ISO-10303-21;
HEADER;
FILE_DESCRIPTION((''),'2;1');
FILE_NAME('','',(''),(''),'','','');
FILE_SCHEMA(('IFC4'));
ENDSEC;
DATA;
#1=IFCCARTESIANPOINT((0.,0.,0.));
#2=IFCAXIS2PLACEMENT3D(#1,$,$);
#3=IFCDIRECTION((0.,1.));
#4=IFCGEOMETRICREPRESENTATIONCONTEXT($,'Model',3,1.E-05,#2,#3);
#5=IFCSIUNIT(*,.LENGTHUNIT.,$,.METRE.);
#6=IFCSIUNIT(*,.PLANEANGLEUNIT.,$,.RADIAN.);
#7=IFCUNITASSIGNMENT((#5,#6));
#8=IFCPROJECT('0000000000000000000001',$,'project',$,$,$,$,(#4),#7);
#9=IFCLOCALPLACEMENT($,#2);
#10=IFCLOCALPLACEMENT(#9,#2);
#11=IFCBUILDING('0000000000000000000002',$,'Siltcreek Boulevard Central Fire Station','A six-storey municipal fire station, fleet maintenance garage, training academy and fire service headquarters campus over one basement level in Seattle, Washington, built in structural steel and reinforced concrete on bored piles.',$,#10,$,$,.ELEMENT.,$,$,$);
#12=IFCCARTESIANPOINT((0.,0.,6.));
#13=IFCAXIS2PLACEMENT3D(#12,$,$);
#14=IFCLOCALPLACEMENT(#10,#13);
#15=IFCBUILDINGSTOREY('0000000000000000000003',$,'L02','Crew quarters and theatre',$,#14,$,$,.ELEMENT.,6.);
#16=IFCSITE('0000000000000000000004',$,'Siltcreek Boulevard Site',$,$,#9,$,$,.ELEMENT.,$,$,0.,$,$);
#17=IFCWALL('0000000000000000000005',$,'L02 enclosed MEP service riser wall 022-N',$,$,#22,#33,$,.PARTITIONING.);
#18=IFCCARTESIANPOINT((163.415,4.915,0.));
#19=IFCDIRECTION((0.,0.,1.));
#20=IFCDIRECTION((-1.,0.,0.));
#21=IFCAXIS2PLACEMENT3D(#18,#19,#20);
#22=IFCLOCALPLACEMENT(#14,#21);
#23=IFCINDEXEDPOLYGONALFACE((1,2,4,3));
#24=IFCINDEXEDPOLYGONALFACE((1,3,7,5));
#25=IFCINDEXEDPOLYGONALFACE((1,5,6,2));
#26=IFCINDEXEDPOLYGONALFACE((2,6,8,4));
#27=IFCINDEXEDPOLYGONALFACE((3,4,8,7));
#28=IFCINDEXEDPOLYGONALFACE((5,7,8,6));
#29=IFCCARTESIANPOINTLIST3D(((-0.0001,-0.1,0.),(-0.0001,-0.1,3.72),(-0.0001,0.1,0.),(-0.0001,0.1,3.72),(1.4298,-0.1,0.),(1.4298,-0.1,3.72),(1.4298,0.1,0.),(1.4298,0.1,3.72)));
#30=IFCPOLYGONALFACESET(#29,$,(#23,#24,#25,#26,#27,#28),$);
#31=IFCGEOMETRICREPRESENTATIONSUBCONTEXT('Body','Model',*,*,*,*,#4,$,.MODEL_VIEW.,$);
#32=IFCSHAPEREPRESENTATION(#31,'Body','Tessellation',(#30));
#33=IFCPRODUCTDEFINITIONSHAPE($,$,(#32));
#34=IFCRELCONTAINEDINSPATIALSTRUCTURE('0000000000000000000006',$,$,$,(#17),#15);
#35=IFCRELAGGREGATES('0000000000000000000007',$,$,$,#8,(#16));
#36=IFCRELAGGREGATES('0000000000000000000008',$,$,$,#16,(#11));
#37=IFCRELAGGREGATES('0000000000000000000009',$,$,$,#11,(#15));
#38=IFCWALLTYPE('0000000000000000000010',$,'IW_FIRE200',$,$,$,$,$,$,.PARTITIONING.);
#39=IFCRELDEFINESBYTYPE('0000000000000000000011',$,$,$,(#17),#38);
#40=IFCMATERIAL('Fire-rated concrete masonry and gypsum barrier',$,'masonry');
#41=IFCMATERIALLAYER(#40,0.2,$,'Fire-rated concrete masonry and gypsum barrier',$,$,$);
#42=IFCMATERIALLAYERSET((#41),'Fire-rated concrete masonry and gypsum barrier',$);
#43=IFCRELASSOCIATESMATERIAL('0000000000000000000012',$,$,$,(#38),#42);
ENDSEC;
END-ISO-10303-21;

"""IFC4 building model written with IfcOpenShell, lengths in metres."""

from ifc_helpers import new_model, si_unit, direction, frame, frame_2d, origin, place, context, subcontext, project, spatial, rectangle, extrude, material, layer, layer_set, type_object, element, save


model = new_model("IFC4")

# Units and contexts
model_context = context("Model", 3, precision=1e-05, world=origin(), true_north=direction((0.0, 1.0)))
body_context = subcontext(model_context, "Body", "Model", "MODEL_VIEW")
ifc_project = project(units=[si_unit("LENGTHUNIT", "METRE"), si_unit("PLANEANGLEUNIT", "RADIAN")], contexts=[model_context])

# Site, building, storey
site_placement = place(None, origin())
site = spatial("IfcSite", under=ifc_project, at=site_placement, Name="Siltcreek Boulevard Site", CompositionType="ELEMENT", RefElevation=0.0)
building_placement = place(site_placement, origin())
building = spatial("IfcBuilding", under=site, at=building_placement, Name="Siltcreek Boulevard Central Fire Station", Description="A six-storey municipal fire station, fleet maintenance garage, training academy and fire service headquarters campus over one basement level in Seattle, Washington, built in structural steel and reinforced concrete on bored piles.", CompositionType="ELEMENT")
storey_placement = place(building_placement, frame((0.0, 0.0, 6.0)))
storey = spatial("IfcBuildingStorey", under=building, at=storey_placement, Name="L02", Description="Crew quarters and theatre", CompositionType="ELEMENT", Elevation=6.0)

# Wall
ifc_material_1 = material(Name="Fire-rated concrete masonry and gypsum barrier", Category="masonry")
ifc_layer_1 = layer(ifc_material_1, 0.2, Name="Fire-rated concrete masonry and gypsum barrier")
ifc_layer_set_1 = layer_set([ifc_layer_1], Name="Fire-rated concrete masonry and gypsum barrier")
wall_type_1 = type_object("IfcWallType", Name="IW_FIRE200", PredefinedType="PARTITIONING", material=ifc_layer_set_1)
wall_1_placement = place(storey_placement, frame((163.415, 4.915, 0.0), z_axis=(0.0, 0.0, 1.0), x_axis=(-1.0, 0.0, 0.0)))
element("IfcWall", 1, at=wall_1_placement, inside=storey, type_object=wall_type_1, Name="L02 enclosed MEP service riser wall 022-N", PredefinedType="PARTITIONING", context=body_context, shape_type="SweptSolid", body=[
    extrude(rectangle(XDim=1.4299, YDim=0.2, at=frame_2d((0.7148, 0.0))), origin(), (0.0, 0.0, 1.0), 3.72),
])

save(model, "model.ifc")
